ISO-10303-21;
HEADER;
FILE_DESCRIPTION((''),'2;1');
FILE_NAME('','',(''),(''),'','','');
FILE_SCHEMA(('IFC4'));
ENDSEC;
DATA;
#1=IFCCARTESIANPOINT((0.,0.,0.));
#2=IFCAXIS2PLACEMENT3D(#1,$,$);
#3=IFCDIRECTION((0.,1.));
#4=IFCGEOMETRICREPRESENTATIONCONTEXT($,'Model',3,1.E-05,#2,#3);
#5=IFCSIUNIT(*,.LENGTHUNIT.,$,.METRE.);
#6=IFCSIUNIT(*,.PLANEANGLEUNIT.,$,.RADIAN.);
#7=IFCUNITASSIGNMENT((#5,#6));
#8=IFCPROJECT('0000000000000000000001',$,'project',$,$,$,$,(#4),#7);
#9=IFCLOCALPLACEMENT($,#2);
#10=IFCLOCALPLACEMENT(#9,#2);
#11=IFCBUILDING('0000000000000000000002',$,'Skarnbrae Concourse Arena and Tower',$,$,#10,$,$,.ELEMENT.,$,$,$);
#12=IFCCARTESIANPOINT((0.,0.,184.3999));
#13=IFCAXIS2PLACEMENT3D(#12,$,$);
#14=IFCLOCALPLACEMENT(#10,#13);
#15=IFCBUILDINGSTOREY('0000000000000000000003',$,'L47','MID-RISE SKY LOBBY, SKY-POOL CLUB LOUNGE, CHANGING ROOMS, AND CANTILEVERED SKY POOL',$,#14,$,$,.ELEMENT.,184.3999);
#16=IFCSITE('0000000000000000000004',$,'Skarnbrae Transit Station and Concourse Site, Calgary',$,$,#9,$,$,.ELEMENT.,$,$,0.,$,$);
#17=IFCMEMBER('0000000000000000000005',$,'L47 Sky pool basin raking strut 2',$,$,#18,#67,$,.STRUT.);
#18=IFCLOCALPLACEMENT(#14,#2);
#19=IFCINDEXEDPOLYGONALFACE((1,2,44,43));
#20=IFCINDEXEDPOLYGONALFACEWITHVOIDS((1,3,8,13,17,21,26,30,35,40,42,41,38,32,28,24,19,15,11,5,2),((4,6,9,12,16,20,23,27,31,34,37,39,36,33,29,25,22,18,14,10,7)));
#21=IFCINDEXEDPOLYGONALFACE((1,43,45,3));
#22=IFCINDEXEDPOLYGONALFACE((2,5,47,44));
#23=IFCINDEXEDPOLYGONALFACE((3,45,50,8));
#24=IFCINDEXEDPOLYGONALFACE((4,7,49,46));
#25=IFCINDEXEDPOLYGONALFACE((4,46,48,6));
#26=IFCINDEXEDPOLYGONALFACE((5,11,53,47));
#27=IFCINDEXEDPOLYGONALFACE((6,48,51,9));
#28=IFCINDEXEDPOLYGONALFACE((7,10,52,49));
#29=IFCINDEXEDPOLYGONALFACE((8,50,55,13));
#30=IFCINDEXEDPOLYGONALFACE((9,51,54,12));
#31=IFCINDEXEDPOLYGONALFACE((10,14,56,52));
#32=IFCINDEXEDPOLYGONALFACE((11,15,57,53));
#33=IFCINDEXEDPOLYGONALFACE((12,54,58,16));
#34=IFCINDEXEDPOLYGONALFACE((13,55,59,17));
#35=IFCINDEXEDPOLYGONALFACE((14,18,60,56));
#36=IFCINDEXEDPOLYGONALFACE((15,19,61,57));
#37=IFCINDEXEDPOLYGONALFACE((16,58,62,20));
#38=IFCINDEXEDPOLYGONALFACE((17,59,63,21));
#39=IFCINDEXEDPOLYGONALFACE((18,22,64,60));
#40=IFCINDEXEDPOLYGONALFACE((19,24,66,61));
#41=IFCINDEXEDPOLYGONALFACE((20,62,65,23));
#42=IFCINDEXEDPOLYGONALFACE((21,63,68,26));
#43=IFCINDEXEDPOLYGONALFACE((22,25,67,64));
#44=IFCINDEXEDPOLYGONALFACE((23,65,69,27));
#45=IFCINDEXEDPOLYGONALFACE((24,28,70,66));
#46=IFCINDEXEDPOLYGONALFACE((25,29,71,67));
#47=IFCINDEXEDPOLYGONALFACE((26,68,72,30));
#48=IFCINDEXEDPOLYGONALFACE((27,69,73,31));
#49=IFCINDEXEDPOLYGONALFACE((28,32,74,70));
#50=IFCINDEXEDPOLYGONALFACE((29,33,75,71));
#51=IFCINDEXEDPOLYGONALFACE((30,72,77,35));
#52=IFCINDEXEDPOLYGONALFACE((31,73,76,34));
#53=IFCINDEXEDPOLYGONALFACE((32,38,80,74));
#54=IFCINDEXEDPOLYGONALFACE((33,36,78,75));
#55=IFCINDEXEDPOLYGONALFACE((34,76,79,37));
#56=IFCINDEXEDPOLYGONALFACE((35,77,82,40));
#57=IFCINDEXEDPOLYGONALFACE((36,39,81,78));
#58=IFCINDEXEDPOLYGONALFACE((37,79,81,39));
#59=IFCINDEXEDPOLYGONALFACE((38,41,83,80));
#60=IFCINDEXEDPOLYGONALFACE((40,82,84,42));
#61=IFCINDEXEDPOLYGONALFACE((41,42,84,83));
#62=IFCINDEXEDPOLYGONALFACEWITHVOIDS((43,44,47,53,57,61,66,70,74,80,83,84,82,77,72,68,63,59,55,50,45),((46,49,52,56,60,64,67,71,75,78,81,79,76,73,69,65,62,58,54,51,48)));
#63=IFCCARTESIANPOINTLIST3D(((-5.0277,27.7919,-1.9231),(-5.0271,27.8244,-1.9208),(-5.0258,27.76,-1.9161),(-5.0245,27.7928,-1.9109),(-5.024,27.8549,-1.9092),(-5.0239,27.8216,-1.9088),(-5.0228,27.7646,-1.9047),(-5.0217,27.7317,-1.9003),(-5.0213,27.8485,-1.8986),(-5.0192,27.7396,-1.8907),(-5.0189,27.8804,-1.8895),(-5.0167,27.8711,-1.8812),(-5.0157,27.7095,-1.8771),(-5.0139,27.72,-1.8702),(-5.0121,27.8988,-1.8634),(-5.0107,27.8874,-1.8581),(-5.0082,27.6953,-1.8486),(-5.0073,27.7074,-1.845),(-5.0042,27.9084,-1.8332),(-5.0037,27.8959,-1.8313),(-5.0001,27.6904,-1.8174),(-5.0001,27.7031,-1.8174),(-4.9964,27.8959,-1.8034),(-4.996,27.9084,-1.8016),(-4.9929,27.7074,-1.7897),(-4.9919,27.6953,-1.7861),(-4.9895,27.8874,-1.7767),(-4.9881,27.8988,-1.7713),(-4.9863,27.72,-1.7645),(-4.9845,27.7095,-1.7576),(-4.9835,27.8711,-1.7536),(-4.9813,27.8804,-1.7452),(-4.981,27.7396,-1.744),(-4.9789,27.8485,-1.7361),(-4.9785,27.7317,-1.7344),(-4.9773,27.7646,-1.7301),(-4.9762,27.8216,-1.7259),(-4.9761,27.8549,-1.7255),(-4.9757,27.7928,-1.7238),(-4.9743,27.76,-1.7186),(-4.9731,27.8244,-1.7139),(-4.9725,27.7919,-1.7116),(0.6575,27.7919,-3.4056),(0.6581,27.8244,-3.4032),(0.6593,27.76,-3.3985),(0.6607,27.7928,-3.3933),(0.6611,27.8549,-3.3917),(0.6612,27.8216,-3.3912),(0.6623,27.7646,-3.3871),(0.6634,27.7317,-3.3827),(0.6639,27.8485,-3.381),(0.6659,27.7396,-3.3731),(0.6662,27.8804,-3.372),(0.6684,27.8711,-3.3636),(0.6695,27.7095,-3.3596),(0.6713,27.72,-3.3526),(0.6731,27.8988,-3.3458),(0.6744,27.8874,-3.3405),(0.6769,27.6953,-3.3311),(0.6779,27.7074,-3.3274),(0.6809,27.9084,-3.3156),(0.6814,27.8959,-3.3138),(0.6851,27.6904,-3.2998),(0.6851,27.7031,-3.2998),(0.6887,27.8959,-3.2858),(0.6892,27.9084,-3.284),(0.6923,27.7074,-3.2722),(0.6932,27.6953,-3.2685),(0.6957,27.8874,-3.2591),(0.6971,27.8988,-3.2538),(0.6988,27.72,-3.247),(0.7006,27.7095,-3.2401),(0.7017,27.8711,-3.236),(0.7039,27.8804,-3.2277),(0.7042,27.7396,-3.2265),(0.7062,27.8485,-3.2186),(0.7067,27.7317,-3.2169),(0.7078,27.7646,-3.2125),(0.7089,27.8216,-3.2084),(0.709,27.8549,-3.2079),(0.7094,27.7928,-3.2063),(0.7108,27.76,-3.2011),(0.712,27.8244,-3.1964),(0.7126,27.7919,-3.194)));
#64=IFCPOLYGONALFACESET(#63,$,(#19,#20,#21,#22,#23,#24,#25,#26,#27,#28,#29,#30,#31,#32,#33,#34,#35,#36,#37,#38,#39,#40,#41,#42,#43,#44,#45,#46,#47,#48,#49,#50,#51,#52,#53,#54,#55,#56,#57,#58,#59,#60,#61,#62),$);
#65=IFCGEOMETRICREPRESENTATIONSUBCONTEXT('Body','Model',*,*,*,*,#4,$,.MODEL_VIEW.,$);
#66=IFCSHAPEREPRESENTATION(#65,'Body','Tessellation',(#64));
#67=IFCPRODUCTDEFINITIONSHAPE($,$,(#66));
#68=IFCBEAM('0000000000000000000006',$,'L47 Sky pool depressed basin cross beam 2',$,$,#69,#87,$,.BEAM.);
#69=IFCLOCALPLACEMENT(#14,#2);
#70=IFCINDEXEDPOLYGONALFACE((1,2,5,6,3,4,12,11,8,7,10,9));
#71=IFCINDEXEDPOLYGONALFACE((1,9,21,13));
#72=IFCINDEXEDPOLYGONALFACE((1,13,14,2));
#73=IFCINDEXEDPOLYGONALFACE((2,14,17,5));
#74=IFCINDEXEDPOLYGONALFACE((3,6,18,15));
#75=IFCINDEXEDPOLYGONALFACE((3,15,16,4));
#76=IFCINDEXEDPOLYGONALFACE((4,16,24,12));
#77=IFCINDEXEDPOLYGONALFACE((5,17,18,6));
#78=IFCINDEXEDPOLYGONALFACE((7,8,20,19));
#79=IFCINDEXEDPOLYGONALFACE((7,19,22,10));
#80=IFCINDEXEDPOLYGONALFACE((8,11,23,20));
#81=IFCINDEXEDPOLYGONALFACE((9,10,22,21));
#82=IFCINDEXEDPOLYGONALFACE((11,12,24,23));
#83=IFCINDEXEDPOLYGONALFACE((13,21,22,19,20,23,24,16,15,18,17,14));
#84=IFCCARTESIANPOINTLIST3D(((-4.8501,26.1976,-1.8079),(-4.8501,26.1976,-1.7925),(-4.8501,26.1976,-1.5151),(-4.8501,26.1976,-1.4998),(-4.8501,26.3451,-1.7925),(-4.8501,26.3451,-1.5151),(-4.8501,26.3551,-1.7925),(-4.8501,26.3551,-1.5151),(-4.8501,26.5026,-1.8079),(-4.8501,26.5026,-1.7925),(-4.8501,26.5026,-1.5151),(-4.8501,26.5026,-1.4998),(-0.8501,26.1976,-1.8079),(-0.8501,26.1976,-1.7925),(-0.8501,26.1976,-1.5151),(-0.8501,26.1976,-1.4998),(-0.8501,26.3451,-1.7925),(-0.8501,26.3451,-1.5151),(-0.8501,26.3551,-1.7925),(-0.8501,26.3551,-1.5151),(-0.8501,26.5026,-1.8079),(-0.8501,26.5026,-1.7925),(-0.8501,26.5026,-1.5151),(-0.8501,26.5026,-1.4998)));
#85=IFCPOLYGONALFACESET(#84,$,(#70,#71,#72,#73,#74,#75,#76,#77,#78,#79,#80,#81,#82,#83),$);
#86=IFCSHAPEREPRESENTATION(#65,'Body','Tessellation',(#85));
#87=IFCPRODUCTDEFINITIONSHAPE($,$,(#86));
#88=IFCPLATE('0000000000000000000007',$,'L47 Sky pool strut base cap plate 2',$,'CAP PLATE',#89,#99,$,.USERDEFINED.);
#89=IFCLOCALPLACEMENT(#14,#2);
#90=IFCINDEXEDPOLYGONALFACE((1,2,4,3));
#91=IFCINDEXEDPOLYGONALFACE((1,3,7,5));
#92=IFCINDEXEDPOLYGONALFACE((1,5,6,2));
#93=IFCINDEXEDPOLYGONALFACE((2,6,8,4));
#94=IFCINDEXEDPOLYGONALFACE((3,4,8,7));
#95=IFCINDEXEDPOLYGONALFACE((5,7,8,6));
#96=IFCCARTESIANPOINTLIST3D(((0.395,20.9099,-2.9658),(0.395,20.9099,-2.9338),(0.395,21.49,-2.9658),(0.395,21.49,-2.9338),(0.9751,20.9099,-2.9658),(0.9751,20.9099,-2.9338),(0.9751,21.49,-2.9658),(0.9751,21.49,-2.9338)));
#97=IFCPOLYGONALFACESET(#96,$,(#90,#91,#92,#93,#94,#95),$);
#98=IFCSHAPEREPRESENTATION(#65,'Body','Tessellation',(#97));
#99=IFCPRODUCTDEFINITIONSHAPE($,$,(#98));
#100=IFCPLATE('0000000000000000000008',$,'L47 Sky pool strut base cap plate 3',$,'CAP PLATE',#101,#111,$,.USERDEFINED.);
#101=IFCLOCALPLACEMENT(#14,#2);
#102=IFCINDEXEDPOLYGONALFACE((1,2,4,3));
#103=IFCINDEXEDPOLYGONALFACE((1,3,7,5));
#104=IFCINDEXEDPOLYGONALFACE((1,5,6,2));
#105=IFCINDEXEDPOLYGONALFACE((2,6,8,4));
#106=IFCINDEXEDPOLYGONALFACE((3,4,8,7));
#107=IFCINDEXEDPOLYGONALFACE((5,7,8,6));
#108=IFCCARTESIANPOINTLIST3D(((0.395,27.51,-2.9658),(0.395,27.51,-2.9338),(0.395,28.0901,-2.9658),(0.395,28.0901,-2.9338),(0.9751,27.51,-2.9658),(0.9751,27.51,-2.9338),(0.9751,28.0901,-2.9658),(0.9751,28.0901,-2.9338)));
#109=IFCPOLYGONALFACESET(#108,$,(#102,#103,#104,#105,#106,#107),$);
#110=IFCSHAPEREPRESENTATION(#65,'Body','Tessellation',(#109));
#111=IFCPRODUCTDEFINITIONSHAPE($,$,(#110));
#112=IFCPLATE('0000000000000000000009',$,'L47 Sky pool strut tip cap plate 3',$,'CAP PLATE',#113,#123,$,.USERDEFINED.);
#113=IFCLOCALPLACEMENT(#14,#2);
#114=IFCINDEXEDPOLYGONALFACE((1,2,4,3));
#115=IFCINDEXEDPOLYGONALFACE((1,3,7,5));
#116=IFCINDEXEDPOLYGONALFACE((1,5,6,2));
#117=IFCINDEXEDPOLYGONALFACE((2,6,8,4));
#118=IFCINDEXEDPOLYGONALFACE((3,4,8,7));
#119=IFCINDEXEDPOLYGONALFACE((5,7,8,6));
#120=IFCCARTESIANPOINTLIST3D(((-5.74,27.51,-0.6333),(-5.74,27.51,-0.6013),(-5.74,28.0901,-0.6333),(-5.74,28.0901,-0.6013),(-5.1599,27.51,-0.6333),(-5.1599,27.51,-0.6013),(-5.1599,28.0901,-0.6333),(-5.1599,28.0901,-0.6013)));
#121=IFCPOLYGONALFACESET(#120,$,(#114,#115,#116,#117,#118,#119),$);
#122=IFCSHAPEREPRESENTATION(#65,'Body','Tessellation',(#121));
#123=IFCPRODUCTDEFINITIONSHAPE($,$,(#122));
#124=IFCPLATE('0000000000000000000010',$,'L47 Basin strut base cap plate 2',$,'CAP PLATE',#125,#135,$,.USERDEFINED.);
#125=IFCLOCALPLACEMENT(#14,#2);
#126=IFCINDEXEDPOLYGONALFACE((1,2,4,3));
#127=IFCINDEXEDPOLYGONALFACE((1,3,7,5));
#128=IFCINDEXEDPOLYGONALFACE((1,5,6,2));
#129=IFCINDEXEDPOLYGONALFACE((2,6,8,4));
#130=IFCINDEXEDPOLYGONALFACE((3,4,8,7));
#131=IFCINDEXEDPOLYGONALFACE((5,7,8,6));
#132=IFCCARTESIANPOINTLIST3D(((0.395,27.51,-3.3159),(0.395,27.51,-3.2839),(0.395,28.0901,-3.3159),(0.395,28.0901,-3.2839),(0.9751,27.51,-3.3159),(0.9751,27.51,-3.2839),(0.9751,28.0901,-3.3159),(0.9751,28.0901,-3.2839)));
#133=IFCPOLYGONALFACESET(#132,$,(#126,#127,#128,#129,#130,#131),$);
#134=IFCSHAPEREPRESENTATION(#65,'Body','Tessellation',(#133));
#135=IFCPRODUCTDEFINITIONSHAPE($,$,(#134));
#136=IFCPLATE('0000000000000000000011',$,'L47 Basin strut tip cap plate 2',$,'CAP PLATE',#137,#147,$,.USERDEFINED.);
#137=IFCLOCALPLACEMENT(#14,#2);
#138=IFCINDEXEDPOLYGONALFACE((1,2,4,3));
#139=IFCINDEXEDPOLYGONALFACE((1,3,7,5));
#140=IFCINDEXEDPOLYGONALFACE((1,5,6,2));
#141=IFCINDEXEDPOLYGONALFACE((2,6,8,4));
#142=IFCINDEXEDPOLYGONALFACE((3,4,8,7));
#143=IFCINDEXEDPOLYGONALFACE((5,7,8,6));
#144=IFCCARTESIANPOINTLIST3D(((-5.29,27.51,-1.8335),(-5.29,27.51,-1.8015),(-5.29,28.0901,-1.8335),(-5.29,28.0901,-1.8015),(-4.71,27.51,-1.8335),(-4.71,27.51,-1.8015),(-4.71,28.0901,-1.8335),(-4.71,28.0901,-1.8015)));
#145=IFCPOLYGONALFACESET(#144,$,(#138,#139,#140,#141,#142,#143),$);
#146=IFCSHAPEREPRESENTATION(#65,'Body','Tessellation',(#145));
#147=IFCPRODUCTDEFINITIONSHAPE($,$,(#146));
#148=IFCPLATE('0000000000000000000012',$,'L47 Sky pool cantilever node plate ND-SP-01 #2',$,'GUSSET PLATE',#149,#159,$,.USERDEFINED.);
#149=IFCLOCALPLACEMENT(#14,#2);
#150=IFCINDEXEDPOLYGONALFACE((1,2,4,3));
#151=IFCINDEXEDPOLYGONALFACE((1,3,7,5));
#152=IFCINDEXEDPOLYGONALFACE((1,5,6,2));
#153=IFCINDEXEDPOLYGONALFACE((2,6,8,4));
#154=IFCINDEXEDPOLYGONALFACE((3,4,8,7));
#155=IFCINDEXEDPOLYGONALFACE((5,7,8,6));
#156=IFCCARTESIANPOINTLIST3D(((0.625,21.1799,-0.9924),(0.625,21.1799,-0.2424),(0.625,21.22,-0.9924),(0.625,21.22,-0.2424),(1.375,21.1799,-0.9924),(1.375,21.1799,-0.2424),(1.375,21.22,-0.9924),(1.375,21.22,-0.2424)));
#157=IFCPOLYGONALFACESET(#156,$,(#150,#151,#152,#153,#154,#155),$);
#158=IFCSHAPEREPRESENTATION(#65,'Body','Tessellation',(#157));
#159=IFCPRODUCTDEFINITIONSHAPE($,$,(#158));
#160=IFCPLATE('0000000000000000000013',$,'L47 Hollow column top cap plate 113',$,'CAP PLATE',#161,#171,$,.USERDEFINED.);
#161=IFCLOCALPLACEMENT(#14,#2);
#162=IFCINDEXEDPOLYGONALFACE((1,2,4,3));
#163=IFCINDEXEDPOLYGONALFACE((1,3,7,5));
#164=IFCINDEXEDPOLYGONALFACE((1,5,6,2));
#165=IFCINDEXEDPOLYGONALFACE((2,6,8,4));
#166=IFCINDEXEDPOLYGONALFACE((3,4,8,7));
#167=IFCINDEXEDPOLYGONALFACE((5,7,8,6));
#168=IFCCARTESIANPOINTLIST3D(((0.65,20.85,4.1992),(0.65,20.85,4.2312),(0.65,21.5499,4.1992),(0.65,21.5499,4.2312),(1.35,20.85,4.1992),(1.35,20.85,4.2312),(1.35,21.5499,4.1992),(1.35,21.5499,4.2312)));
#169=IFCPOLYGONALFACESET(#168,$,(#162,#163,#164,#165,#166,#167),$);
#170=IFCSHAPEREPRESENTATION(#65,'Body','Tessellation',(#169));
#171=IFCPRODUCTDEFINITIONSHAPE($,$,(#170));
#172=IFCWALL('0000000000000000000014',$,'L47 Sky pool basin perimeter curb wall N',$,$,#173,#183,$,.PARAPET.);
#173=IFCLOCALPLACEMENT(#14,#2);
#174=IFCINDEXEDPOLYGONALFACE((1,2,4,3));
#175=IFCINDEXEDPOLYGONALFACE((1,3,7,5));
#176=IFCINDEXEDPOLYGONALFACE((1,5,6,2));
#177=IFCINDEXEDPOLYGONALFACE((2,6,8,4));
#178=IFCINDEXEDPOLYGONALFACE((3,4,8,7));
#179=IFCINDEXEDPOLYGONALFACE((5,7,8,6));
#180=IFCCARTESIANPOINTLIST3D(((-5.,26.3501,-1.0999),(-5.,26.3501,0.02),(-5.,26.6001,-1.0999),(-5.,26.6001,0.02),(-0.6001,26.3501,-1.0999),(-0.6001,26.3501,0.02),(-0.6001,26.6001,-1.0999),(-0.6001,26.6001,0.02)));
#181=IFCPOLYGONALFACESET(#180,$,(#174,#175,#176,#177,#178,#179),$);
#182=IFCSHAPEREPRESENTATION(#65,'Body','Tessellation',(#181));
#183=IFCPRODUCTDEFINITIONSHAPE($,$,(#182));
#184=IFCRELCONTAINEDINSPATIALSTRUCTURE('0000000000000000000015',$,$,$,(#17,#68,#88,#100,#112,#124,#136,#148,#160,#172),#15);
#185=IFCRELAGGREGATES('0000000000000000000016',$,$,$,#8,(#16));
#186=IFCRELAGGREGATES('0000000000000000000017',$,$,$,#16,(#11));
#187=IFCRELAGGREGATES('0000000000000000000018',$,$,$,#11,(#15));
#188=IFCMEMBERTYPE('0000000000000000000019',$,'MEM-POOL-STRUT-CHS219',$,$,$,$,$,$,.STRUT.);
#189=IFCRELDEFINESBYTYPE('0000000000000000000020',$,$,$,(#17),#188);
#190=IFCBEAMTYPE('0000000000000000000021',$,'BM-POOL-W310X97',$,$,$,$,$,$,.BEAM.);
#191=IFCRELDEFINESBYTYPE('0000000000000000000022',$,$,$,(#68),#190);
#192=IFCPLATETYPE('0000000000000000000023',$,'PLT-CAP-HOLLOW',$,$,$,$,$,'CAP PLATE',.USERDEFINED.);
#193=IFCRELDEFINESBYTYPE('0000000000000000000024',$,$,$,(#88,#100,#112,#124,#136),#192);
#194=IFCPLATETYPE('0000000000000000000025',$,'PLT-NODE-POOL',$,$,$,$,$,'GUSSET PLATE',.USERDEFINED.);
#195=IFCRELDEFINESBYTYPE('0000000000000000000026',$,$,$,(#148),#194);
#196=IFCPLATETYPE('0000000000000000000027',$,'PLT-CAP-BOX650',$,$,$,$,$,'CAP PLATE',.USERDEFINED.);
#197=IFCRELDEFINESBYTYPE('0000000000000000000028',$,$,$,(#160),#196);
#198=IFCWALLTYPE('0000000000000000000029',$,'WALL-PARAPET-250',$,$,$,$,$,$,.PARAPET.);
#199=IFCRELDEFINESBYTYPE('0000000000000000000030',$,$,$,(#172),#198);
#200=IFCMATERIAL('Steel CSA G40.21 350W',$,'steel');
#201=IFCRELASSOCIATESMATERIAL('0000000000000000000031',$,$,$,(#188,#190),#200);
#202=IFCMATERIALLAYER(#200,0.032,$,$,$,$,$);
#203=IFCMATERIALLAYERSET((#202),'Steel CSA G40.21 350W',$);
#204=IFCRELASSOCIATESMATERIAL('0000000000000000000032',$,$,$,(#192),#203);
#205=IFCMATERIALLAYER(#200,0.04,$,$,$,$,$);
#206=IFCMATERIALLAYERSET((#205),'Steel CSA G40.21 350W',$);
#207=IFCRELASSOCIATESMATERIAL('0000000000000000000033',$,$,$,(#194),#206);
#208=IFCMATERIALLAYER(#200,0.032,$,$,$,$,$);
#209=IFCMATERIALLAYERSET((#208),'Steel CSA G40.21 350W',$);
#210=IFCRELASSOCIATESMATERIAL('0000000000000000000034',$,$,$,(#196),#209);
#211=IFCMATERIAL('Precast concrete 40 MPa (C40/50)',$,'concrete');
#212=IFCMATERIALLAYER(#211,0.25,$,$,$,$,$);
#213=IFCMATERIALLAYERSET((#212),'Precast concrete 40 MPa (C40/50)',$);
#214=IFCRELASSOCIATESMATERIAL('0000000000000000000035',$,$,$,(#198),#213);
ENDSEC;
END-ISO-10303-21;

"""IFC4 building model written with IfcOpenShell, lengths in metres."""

from ifc_helpers import new_model, si_unit, direction, frame, frame_2d, origin, origin_2d, place, context, subcontext, project, spatial, rectangle, hollow_circle, i_section, extrude, source, transform, mapped, material, layer, layer_set, material_profile, profile_set, type_object, element, save


model = new_model("IFC4")

# Units and contexts
model_context = context("Model", 3, precision=1e-05, world=origin(), true_north=direction((0.0, 1.0)))
body_context = subcontext(model_context, "Body", "Model", "MODEL_VIEW")
ifc_project = project(units=[si_unit("LENGTHUNIT", "METRE"), si_unit("PLANEANGLEUNIT", "RADIAN")], contexts=[model_context])

# Site, building, storey
site_placement = place(None, origin())
site = spatial("IfcSite", under=ifc_project, at=site_placement, Name="Skarnbrae Transit Station and Concourse Site, Calgary", CompositionType="ELEMENT", RefElevation=0.0)
building_placement = place(site_placement, origin())
building = spatial("IfcBuilding", under=site, at=building_placement, Name="Skarnbrae Concourse Arena and Tower", CompositionType="ELEMENT")
storey_placement = place(building_placement, frame((0.0, 0.0, 184.3999)))
storey = spatial("IfcBuildingStorey", under=building, at=storey_placement, Name="L47", Description="MID-RISE SKY LOBBY, SKY-POOL CLUB LOUNGE, CHANGING ROOMS, AND CANTILEVERED SKY POOL", CompositionType="ELEMENT", Elevation=184.3999)

# Shared definitions
ifc_material_1 = material(Name="Steel CSA G40.21 350W", Category="steel")

# Member
ifc_material_profile_1 = material_profile(ifc_material_1, hollow_circle(Radius=0.1096, WallThickness=0.0127, at=origin_2d()), Name="HSS219X12.7")
ifc_profile_set_1 = profile_set([ifc_material_profile_1], Name="Steel CSA G40.21 350W")
member_type = type_object("IfcMemberType", Name="MEM-POOL-STRUT-CHS219", PredefinedType="STRUT", material=ifc_profile_set_1)
shared_shape_1 = source(origin(), body_context, "Body", "SweptSolid", [
    extrude(hollow_circle(Radius=0.1096, WallThickness=0.0127, at=origin_2d()), origin(), (0.0, 0.0, 1.0), 5.8752),
])
member_1_placement = place(storey_placement, frame((0.6851, 27.8, -3.2998), z_axis=(-0.967644, 0.0, 0.25232), x_axis=(0.0, -1.0, 0.0)))
element("IfcMember", 1, at=member_1_placement, inside=storey, type_object=member_type, Name="L47 Sky pool basin raking strut 2", PredefinedType="STRUT", context=body_context, shape_type="MappedRepresentation", body=[
    mapped(shared_shape_1, transform((0.0, 0.0, 0.0))),
])

# Beam
ifc_material_profile_2 = material_profile(ifc_material_1, i_section(OverallWidth=0.3049, OverallDepth=0.3081, WebThickness=0.01, FlangeThickness=0.0154, at=origin_2d()), Name="W310X97")
ifc_profile_set_2 = profile_set([ifc_material_profile_2], Name="Steel CSA G40.21 350W")
beam_type_1 = type_object("IfcBeamType", Name="BM-POOL-W310X97", PredefinedType="BEAM", material=ifc_profile_set_2)
shared_shape_2 = source(origin(), body_context, "Body", "SweptSolid", [
    extrude(i_section(OverallWidth=0.3049, OverallDepth=0.3081, WebThickness=0.01, FlangeThickness=0.0154, at=origin_2d()), origin(), (0.0, 0.0, 1.0), 4.0),
])
beam_1_placement = place(storey_placement, frame((-4.8501, 26.3501, -1.6538), z_axis=(1.0, 0.0, 0.0), x_axis=(0.0, 1.0, 0.0)))
element("IfcBeam", 2, at=beam_1_placement, inside=storey, type_object=beam_type_1, Name="L47 Sky pool depressed basin cross beam 2", PredefinedType="BEAM", context=body_context, shape_type="MappedRepresentation", body=[
    mapped(shared_shape_2, transform((0.0, 0.0, 0.0))),
])

# Plates
ifc_layer_1 = layer(ifc_material_1, 0.032)
ifc_layer_set_1 = layer_set([ifc_layer_1], Name="Steel CSA G40.21 350W")
plate_type_1 = type_object("IfcPlateType", Name="PLT-CAP-HOLLOW", ElementType="CAP PLATE", PredefinedType="USERDEFINED", material=ifc_layer_set_1)
shared_shape_3 = source(origin(), body_context, "Body", "SweptSolid", [
    extrude(rectangle(XDim=0.5801, YDim=0.5801, at=origin_2d()), origin(), (0.0, 0.0, 1.0), 0.032),
])
for number, where, z_axis, x_axis, name in (
    (3, (0.6851, 21.2, -2.9658), (0.0, 0.0, 1.0), (1.0, 0.0, 0.0), "L47 Sky pool strut base cap plate 2"),
    (4, (0.6851, 27.8, -2.9658), (0.0, 0.0, 1.0), (1.0, 0.0, 0.0), "L47 Sky pool strut base cap plate 3"),
    (5, (-5.45, 27.8, -0.6333), (0.0, 0.0, 1.0), (1.0, 0.0, 0.0), "L47 Sky pool strut tip cap plate 3"),
    (6, (0.6851, 27.8, -3.3159), (0.0, 0.0, 1.0), (1.0, 0.0, 0.0), "L47 Basin strut base cap plate 2"),
    (7, (-5.0, 27.8, -1.8335), (0.0, 0.0, 1.0), (1.0, 0.0, 0.0), "L47 Basin strut tip cap plate 2"),
):
    element("IfcPlate", number, at=place(storey_placement, frame(where, z_axis=z_axis, x_axis=x_axis)), inside=storey, type_object=plate_type_1, Name=name, ObjectType="CAP PLATE", PredefinedType="USERDEFINED", context=body_context, shape_type="MappedRepresentation", body=[
        mapped(shared_shape_3, transform((0.0, 0.0, 0.0))),
    ])
ifc_layer_2 = layer(ifc_material_1, 0.04)
ifc_layer_set_2 = layer_set([ifc_layer_2], Name="Steel CSA G40.21 350W")
plate_type_2 = type_object("IfcPlateType", Name="PLT-NODE-POOL", ElementType="GUSSET PLATE", PredefinedType="USERDEFINED", material=ifc_layer_set_2)
shared_shape_4 = source(origin(), body_context, "Body", "SweptSolid", [
    extrude(rectangle(XDim=0.75, YDim=0.04, at=origin_2d()), origin(), (0.0, 0.0, 1.0), 0.75),
])
plate_1_placement = place(storey_placement, frame((1.0, 21.2, -0.9924), z_axis=(0.0, 0.0, 1.0), x_axis=(1.0, 0.0, 0.0)))
element("IfcPlate", 8, at=plate_1_placement, inside=storey, type_object=plate_type_2, Name="L47 Sky pool cantilever node plate ND-SP-01 #2", ObjectType="GUSSET PLATE", PredefinedType="USERDEFINED", context=body_context, shape_type="MappedRepresentation", body=[
    mapped(shared_shape_4, transform((0.0, 0.0, 0.0))),
])
ifc_layer_3 = layer(ifc_material_1, 0.032)
ifc_layer_set_3 = layer_set([ifc_layer_3], Name="Steel CSA G40.21 350W")
plate_type_3 = type_object("IfcPlateType", Name="PLT-CAP-BOX650", ElementType="CAP PLATE", PredefinedType="USERDEFINED", material=ifc_layer_set_3)
shared_shape_5 = source(origin(), body_context, "Body", "SweptSolid", [
    extrude(rectangle(XDim=0.7, YDim=0.7, at=origin_2d()), origin(), (0.0, 0.0, 1.0), 0.032),
])
plate_2_placement = place(storey_placement, frame((1.0, 21.2, 4.1992), z_axis=(0.0, 0.0, 1.0), x_axis=(1.0, 0.0, 0.0)))
element("IfcPlate", 9, at=plate_2_placement, inside=storey, type_object=plate_type_3, Name="L47 Hollow column top cap plate 113", ObjectType="CAP PLATE", PredefinedType="USERDEFINED", context=body_context, shape_type="MappedRepresentation", body=[
    mapped(shared_shape_5, transform((0.0, 0.0, 0.0))),
])

# Wall
ifc_material_2 = material(Name="Precast concrete 40 MPa (C40/50)", Category="concrete")
ifc_layer_4 = layer(ifc_material_2, 0.25)
ifc_layer_set_4 = layer_set([ifc_layer_4], Name="Precast concrete 40 MPa (C40/50)")
wall_type = type_object("IfcWallType", Name="WALL-PARAPET-250", PredefinedType="PARAPET", material=ifc_layer_set_4)
shared_shape_6 = source(origin(), body_context, "Body", "SweptSolid", [
    extrude(rectangle(XDim=4.3999, YDim=0.25, at=frame_2d((2.2, 0.0))), origin(), (0.0, 0.0, 1.0), 1.1199),
])
wall_placement = place(storey_placement, frame((-5.0, 26.4751, -1.0999), z_axis=(0.0, 0.0, 1.0), x_axis=(1.0, 0.0, 0.0)))
element("IfcWall", 10, at=wall_placement, inside=storey, type_object=wall_type, Name="L47 Sky pool basin perimeter curb wall N", PredefinedType="PARAPET", context=body_context, shape_type="MappedRepresentation", body=[
    mapped(shared_shape_6, transform((0.0, 0.0, 0.0))),
])

save(model, "model.ifc")
